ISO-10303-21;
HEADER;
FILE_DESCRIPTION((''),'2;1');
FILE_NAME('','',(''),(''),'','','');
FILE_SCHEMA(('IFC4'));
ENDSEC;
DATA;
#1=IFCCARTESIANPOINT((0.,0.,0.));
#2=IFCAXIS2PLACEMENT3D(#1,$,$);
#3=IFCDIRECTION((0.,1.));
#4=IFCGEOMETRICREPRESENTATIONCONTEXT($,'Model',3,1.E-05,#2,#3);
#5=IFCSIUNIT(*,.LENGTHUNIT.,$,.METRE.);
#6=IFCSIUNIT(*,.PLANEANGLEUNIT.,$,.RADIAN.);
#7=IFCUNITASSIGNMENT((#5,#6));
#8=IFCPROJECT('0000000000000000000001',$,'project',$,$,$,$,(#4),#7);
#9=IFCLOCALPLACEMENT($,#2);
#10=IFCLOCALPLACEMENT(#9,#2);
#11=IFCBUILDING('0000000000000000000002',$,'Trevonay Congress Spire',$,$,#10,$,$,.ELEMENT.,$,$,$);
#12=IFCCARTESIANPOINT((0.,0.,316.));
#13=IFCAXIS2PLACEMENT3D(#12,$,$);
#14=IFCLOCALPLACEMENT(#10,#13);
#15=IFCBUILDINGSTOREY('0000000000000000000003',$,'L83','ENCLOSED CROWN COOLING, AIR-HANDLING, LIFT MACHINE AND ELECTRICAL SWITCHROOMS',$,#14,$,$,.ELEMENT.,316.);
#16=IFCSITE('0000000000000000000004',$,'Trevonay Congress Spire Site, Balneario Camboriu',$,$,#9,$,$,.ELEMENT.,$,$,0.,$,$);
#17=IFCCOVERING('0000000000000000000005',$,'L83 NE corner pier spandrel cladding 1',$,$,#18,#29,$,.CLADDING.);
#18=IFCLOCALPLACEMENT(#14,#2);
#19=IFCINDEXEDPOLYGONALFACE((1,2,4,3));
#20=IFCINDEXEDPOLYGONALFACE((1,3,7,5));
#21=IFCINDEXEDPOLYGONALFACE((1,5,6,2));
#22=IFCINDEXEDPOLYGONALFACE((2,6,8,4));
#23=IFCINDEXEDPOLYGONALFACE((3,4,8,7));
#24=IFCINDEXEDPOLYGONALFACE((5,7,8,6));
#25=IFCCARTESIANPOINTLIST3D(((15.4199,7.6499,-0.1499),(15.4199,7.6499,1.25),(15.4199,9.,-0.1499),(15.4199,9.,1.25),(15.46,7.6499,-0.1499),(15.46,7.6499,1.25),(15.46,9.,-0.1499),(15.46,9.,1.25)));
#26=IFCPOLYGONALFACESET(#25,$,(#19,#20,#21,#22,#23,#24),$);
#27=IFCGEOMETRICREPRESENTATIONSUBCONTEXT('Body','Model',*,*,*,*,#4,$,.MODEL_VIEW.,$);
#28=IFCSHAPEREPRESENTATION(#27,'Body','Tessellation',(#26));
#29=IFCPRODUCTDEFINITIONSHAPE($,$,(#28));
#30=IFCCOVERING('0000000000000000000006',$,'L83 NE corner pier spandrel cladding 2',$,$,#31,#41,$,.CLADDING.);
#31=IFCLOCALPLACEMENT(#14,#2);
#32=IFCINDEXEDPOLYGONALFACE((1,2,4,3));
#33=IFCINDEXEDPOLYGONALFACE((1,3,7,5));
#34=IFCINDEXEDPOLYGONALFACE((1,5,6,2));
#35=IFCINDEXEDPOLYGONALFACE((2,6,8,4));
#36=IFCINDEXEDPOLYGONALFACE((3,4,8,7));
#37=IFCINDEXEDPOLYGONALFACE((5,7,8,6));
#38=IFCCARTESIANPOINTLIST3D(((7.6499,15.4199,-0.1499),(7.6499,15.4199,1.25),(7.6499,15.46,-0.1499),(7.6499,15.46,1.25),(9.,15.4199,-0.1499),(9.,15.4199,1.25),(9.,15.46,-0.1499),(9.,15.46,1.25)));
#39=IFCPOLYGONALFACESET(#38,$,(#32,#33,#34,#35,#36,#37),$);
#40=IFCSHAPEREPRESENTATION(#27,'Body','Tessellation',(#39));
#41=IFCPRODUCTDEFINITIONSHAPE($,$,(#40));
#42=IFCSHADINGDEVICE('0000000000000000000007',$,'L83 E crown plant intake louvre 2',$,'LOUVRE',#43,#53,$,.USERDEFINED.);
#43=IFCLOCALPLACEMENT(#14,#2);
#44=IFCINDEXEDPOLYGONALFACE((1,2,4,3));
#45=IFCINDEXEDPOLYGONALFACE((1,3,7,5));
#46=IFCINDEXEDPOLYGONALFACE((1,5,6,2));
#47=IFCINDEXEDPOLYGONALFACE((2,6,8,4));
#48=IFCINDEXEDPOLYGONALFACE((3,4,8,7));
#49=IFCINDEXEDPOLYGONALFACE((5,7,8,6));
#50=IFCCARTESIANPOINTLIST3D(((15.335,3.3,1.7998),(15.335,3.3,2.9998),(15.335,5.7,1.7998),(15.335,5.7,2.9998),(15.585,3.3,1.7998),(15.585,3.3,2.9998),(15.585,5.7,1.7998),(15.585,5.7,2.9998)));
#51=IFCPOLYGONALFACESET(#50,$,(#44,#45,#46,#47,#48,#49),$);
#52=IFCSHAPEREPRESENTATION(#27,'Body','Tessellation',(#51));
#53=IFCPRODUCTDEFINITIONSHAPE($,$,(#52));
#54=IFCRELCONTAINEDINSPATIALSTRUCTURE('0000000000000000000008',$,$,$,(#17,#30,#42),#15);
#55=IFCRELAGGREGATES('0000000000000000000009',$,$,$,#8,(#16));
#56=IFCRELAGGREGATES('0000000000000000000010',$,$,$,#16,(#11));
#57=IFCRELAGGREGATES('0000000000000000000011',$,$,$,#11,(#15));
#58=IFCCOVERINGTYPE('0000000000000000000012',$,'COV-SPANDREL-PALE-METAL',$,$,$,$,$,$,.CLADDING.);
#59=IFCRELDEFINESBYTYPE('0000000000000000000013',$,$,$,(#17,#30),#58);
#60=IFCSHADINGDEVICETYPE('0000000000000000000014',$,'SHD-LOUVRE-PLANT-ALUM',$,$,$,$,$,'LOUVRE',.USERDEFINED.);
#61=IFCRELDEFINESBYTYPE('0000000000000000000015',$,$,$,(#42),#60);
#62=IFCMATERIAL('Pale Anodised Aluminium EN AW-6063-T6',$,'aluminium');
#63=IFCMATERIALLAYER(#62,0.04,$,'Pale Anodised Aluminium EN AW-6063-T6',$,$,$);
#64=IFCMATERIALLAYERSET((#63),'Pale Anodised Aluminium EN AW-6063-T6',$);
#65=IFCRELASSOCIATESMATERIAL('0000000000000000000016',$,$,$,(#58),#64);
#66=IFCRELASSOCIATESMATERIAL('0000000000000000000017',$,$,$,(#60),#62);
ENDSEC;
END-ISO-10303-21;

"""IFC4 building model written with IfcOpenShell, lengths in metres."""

from ifc_helpers import new_model, si_unit, direction, frame, frame_2d, origin, origin_2d, place, context, subcontext, project, spatial, rectangle, extrude, material, layer, layer_set, type_object, element, save


model = new_model("IFC4")

# Units and contexts
model_context = context("Model", 3, precision=1e-05, world=origin(), true_north=direction((0.0, 1.0)))
body_context = subcontext(model_context, "Body", "Model", "MODEL_VIEW")
ifc_project = project(units=[si_unit("LENGTHUNIT", "METRE"), si_unit("PLANEANGLEUNIT", "RADIAN")], contexts=[model_context])

# Site, building, storey
site_placement = place(None, origin())
site = spatial("IfcSite", under=ifc_project, at=site_placement, Name="Trevonay Congress Spire Site, Balneario Camboriu", CompositionType="ELEMENT", RefElevation=0.0)
building_placement = place(site_placement, origin())
building = spatial("IfcBuilding", under=site, at=building_placement, Name="Trevonay Congress Spire", CompositionType="ELEMENT")
storey_placement = place(building_placement, frame((0.0, 0.0, 316.0)))
storey = spatial("IfcBuildingStorey", under=building, at=storey_placement, Name="L83", Description="ENCLOSED CROWN COOLING, AIR-HANDLING, LIFT MACHINE AND ELECTRICAL SWITCHROOMS", CompositionType="ELEMENT", Elevation=316.0)

# Shared definitions
ifc_material_1 = material(Name="Pale Anodised Aluminium EN AW-6063-T6", Category="aluminium")

# Coverings
ifc_layer_1 = layer(ifc_material_1, 0.04, Name="Pale Anodised Aluminium EN AW-6063-T6")
ifc_layer_set_1 = layer_set([ifc_layer_1], Name="Pale Anodised Aluminium EN AW-6063-T6")
covering_type = type_object("IfcCoveringType", Name="COV-SPANDREL-PALE-METAL", PredefinedType="CLADDING", material=ifc_layer_set_1)
for number, where, z_axis, x_axis, name in (
    (1, (15.4399, 7.6499, -0.1499), (0.0, 0.0, 1.0), (0.0, 1.0, 0.0), "L83 NE corner pier spandrel cladding 1"),
    (2, (7.6499, 15.4399, -0.1499), (0.0, 0.0, 1.0), (1.0, 0.0, 0.0), "L83 NE corner pier spandrel cladding 2"),
):
    element("IfcCovering", number, at=place(storey_placement, frame(where, z_axis=z_axis, x_axis=x_axis)), inside=storey, type_object=covering_type, Name=name, PredefinedType="CLADDING", context=body_context, shape_type="SweptSolid", body=[
        extrude(rectangle(XDim=1.3501, YDim=0.04, at=frame_2d((0.675, 0.0))), origin(), (0.0, 0.0, 1.0), 1.3999),
    ])

# Shading device
shading_device_type = type_object("IfcShadingDeviceType", Name="SHD-LOUVRE-PLANT-ALUM", ElementType="LOUVRE", PredefinedType="USERDEFINED", material=ifc_material_1)
shading_device_placement = place(storey_placement, frame((15.46, 4.5, 1.7998), z_axis=(0.0, 0.0, 1.0), x_axis=(0.0, 1.0, 0.0)))
element("IfcShadingDevice", 3, at=shading_device_placement, inside=storey, type_object=shading_device_type, Name="L83 E crown plant intake louvre 2", ObjectType="LOUVRE", PredefinedType="USERDEFINED", context=body_context, shape_type="SweptSolid", body=[
    extrude(rectangle(XDim=2.3999, YDim=0.25, at=origin_2d()), origin(), (0.0, 0.0, 1.0), 1.2),
])

save(model, "model.ifc")
